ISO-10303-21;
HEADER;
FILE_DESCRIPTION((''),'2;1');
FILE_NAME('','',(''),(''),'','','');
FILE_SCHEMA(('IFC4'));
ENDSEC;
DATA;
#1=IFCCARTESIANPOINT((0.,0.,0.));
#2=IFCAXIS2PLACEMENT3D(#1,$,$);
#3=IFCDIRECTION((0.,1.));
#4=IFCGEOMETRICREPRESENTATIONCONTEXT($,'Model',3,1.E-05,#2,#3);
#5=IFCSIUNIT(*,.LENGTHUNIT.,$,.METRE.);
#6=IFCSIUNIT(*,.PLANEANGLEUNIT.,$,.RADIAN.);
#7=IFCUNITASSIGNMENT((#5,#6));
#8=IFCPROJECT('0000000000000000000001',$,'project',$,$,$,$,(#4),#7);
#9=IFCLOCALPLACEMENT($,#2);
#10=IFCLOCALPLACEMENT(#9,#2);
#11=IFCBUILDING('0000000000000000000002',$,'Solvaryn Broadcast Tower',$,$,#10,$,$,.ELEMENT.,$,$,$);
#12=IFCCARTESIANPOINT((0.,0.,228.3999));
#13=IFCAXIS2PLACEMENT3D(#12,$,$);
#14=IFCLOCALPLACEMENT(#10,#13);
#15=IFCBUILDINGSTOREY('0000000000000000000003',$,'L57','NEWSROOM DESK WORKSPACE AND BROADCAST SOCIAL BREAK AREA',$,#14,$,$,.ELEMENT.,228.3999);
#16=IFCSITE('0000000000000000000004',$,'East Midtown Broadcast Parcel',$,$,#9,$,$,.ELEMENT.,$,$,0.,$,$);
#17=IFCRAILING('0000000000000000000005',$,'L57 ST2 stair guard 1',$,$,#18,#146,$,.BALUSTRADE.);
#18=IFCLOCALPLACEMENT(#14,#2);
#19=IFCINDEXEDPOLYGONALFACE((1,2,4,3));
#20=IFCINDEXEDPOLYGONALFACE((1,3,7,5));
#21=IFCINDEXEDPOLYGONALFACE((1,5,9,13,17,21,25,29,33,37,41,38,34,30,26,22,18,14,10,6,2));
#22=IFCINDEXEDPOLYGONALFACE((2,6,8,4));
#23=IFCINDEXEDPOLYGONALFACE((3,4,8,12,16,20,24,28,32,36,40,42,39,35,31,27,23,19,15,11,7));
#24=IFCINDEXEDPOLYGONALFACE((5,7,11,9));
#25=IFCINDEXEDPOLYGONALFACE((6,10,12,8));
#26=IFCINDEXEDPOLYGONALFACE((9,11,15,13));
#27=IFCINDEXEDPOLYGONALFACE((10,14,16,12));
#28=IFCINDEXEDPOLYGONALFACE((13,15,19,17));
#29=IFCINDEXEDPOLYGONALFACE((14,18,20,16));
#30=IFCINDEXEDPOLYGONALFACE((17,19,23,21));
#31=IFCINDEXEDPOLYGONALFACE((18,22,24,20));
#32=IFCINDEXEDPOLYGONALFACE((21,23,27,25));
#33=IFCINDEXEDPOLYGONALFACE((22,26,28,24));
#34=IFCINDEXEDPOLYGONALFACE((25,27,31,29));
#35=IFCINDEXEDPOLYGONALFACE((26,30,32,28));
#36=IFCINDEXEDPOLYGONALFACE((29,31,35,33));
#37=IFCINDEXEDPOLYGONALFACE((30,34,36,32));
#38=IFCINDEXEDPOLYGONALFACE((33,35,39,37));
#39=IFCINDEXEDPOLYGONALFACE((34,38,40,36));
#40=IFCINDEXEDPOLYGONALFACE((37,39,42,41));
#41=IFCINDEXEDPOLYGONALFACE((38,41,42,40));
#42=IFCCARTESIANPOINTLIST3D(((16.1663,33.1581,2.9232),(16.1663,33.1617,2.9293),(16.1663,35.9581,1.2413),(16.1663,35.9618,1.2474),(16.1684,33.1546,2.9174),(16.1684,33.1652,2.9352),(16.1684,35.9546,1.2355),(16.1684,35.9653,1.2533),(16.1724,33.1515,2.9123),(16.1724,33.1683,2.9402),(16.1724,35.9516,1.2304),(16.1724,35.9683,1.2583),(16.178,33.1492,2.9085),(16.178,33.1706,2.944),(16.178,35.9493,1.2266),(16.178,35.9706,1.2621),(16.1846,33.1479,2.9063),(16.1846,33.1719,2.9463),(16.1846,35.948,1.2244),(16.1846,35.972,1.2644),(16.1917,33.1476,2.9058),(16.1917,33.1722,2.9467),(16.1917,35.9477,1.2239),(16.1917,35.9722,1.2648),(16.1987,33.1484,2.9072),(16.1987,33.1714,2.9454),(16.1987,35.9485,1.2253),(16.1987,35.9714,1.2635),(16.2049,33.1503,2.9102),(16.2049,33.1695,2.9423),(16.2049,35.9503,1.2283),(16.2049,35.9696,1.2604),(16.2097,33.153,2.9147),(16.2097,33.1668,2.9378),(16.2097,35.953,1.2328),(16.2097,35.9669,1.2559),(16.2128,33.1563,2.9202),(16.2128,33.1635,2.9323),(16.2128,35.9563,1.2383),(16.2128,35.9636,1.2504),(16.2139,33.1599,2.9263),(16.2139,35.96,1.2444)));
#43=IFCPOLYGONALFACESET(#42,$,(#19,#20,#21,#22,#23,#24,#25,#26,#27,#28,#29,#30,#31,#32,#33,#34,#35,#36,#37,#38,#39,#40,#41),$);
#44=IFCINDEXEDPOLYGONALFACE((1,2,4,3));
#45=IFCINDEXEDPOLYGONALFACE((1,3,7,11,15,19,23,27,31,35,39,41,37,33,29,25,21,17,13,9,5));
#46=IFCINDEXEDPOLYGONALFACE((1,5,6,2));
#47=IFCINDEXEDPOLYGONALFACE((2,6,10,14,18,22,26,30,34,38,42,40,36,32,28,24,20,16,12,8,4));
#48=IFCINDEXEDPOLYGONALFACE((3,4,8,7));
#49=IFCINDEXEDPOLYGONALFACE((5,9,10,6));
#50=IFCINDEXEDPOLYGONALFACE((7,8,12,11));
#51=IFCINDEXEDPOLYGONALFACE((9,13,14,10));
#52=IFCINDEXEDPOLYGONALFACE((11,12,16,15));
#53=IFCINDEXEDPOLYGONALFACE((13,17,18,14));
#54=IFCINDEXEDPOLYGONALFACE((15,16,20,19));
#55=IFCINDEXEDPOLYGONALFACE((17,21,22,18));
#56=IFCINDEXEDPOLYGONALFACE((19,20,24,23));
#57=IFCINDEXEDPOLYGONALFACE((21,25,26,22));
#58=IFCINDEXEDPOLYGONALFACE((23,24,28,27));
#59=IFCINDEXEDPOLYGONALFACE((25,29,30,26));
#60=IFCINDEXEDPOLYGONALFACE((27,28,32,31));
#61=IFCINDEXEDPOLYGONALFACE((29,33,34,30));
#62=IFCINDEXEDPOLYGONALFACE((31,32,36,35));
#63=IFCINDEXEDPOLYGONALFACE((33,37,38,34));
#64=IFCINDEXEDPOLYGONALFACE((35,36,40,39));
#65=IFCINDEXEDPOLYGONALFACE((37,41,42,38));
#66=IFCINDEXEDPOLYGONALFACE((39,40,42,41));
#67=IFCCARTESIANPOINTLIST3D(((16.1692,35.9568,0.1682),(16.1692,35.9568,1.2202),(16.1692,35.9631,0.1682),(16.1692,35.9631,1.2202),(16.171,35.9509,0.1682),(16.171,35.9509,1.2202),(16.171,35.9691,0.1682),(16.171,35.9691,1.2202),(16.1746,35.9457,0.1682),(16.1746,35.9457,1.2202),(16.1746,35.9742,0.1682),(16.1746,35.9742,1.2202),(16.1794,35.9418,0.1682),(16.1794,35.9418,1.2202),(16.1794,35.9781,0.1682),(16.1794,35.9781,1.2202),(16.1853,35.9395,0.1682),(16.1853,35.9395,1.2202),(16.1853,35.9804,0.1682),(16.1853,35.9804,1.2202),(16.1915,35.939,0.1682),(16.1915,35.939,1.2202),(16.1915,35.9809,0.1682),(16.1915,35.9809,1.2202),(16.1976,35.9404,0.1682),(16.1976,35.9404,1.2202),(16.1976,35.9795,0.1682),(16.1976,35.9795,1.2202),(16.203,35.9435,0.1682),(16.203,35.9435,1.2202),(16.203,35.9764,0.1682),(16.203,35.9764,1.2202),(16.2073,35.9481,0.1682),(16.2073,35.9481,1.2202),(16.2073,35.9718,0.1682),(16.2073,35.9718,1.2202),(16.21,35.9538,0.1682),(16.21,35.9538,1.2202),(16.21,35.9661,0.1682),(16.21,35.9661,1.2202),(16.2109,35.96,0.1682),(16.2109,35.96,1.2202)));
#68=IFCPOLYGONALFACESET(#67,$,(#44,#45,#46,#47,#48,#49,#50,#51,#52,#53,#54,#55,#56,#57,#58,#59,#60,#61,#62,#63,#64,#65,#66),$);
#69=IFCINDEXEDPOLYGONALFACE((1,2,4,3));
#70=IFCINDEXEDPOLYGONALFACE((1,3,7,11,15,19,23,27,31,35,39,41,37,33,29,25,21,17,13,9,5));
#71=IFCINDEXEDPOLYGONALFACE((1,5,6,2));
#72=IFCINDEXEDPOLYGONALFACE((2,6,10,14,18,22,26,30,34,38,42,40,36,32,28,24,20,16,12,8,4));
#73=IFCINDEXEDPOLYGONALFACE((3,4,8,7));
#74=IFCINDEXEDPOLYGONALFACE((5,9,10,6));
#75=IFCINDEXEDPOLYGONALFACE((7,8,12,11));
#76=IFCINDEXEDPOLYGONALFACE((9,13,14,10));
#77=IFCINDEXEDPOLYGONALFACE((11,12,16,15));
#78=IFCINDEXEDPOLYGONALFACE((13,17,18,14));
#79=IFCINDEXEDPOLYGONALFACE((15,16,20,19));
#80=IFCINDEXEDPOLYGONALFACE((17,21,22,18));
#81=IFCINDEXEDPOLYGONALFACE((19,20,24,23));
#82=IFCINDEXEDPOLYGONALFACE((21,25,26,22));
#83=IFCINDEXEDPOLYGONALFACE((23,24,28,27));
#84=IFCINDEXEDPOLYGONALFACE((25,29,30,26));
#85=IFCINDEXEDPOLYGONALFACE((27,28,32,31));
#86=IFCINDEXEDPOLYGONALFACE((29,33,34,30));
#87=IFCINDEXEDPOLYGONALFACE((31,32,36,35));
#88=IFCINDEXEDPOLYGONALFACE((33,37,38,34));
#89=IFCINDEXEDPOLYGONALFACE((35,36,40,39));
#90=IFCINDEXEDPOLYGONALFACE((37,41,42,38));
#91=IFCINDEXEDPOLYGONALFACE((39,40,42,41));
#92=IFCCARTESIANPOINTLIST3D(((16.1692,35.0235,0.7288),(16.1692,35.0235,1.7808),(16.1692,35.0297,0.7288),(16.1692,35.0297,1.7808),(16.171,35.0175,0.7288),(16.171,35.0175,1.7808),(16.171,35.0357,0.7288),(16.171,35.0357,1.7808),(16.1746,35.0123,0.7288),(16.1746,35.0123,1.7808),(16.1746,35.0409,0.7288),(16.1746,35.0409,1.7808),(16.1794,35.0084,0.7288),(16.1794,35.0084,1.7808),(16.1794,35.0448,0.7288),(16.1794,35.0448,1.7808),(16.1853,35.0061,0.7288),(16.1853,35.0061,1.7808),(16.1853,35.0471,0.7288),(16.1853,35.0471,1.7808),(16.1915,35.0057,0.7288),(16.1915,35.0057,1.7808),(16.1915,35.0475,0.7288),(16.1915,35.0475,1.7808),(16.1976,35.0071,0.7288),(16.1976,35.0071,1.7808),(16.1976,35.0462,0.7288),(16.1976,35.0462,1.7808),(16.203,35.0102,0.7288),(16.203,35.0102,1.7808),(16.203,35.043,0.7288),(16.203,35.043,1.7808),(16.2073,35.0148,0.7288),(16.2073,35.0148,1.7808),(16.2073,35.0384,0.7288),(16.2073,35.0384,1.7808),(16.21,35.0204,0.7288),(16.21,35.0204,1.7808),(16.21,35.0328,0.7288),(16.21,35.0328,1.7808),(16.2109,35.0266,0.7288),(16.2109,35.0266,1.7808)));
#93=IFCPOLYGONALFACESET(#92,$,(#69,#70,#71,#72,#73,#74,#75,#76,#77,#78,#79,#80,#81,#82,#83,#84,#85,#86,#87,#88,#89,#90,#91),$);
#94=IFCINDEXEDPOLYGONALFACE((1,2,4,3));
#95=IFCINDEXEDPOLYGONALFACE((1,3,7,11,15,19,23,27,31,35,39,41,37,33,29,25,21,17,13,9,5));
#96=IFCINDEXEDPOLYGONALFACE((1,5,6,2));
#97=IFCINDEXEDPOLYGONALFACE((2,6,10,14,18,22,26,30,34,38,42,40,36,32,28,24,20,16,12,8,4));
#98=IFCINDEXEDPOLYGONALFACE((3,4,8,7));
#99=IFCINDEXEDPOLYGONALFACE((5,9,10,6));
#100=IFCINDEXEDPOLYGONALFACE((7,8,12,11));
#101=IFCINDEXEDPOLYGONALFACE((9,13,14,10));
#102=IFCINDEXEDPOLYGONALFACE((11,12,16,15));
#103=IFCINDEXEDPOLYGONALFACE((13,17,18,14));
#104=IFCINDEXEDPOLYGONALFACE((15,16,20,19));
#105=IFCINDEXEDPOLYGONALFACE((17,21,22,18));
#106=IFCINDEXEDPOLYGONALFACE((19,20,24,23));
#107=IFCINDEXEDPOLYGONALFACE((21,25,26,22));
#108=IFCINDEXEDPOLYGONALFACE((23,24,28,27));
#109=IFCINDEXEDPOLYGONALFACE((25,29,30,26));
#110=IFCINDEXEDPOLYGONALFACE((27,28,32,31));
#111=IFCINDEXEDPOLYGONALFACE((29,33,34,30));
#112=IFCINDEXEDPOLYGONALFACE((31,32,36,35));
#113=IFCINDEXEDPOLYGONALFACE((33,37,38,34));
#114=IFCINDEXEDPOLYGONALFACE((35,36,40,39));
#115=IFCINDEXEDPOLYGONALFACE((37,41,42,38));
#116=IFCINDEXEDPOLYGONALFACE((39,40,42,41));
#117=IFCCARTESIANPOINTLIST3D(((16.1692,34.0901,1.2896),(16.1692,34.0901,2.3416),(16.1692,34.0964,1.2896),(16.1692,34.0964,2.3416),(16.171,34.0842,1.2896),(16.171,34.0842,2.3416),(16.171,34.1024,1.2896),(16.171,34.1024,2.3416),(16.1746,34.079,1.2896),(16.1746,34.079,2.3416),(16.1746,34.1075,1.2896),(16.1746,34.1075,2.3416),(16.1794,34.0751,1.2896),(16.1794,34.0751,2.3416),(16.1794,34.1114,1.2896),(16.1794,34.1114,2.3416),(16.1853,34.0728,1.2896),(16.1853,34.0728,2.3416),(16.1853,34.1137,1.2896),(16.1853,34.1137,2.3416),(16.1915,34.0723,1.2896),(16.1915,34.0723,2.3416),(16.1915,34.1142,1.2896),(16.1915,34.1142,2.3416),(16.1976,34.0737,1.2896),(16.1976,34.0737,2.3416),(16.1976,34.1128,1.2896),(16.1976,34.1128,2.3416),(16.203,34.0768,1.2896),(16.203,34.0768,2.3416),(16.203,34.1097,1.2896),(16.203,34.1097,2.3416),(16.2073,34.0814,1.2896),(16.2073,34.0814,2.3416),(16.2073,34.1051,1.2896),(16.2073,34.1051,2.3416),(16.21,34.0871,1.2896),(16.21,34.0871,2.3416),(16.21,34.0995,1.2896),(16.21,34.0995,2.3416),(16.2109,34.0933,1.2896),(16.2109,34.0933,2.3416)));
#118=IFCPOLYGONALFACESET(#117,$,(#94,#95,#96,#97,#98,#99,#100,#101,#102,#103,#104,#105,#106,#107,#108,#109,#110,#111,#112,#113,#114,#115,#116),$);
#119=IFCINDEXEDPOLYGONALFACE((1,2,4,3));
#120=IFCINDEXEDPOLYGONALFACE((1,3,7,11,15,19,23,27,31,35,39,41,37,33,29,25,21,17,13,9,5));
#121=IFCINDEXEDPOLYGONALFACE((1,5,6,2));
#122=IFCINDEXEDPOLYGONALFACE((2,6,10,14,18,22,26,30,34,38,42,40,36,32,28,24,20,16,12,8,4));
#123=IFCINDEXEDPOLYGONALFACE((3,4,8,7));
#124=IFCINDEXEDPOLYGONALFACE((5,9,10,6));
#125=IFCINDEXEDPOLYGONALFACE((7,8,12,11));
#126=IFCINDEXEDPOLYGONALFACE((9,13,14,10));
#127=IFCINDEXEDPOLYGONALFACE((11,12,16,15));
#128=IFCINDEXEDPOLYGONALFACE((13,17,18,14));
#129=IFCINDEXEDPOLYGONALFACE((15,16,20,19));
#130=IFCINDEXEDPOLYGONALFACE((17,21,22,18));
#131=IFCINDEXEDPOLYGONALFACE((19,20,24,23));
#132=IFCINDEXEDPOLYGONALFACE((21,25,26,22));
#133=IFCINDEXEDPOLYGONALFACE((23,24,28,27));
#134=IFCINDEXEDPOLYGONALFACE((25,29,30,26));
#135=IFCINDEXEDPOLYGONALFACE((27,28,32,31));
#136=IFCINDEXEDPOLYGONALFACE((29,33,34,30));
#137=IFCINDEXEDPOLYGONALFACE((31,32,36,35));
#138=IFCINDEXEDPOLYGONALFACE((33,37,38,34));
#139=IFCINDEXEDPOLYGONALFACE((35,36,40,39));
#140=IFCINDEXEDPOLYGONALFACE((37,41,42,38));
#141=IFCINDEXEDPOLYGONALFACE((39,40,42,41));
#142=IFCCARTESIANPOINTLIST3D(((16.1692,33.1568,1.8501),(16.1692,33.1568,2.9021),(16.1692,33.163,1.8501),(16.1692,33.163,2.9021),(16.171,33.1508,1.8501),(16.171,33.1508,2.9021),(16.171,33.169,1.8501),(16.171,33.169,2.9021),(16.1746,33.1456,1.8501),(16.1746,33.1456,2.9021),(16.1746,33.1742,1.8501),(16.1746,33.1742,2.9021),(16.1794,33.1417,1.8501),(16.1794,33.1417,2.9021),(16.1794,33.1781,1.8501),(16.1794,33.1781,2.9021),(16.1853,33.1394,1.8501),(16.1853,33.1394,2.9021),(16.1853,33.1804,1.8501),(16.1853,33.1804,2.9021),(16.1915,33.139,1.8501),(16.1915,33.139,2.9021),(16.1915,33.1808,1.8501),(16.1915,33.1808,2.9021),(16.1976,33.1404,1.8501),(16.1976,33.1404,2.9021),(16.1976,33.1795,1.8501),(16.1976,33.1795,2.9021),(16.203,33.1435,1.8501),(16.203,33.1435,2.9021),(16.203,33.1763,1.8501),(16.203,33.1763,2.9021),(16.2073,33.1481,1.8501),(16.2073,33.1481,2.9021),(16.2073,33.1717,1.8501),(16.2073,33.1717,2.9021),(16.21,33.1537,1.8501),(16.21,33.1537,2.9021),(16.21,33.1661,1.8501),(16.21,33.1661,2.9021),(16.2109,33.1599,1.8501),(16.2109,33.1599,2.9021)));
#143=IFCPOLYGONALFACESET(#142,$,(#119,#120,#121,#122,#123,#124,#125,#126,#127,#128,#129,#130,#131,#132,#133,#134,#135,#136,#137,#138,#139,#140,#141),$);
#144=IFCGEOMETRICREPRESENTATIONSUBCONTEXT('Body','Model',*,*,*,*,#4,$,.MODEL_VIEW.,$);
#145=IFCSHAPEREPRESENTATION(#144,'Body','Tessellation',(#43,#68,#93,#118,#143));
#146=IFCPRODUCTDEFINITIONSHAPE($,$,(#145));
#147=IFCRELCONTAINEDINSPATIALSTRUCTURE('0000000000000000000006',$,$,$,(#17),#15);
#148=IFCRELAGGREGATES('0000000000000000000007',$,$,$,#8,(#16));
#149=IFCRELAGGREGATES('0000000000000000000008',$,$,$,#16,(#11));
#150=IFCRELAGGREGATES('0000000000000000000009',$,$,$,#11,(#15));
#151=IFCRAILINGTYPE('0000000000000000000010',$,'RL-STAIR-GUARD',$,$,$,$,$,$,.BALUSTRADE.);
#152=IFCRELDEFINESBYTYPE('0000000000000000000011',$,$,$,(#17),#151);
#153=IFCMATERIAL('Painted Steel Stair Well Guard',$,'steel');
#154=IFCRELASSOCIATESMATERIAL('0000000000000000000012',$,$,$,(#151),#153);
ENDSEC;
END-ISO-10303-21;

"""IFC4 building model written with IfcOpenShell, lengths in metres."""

from ifc_helpers import new_model, si_unit, direction, frame, origin, origin_2d, place, context, subcontext, project, spatial, circle, extrude, material, type_object, element, save


model = new_model("IFC4")

# Units and contexts
model_context = context("Model", 3, precision=1e-05, world=origin(), true_north=direction((0.0, 1.0)))
body_context = subcontext(model_context, "Body", "Model", "MODEL_VIEW")
ifc_project = project(units=[si_unit("LENGTHUNIT", "METRE"), si_unit("PLANEANGLEUNIT", "RADIAN")], contexts=[model_context])

# Site, building, storey
site_placement = place(None, origin())
site = spatial("IfcSite", under=ifc_project, at=site_placement, Name="East Midtown Broadcast Parcel", CompositionType="ELEMENT", RefElevation=0.0)
building_placement = place(site_placement, origin())
building = spatial("IfcBuilding", under=site, at=building_placement, Name="Solvaryn Broadcast Tower", CompositionType="ELEMENT")
storey_placement = place(building_placement, frame((0.0, 0.0, 228.3999)))
storey = spatial("IfcBuildingStorey", under=building, at=storey_placement, Name="L57", Description="NEWSROOM DESK WORKSPACE AND BROADCAST SOCIAL BREAK AREA", CompositionType="ELEMENT", Elevation=228.3999)

# Railing
ifc_material_1 = material(Name="Painted Steel Stair Well Guard", Category="steel")
railing_type_1 = type_object("IfcRailingType", Name="RL-STAIR-GUARD", PredefinedType="BALUSTRADE", material=ifc_material_1)
railing_1_placement = place(storey_placement, frame((16.1899, 35.96, 0.1682)))
element("IfcRailing", 1, at=railing_1_placement, inside=storey, type_object=railing_type_1, Name="L57 ST2 stair guard 1", PredefinedType="BALUSTRADE", context=body_context, shape_type="SweptSolid", body=[
    extrude(circle(Radius=0.0239, at=origin_2d()), frame((0.0, 0.0, 1.0762), z_axis=(0.0, -0.857242, 0.514913), x_axis=(1.0, 0.0, 0.0)), (0.0, 0.0, 1.0), 3.2664),
    extrude(circle(Radius=0.021, at=origin_2d()), origin(), (0.0, 0.0, 1.0), 1.052),
    extrude(circle(Radius=0.021, at=origin_2d()), frame((0.0, -0.9333, 0.5605)), (0.0, 0.0, 1.0), 1.052),
    extrude(circle(Radius=0.021, at=origin_2d()), frame((0.0, -1.8667, 1.1213)), (0.0, 0.0, 1.0), 1.052),
    extrude(circle(Radius=0.021, at=origin_2d()), frame((0.0, -2.8, 1.6819)), (0.0, 0.0, 1.0), 1.052),
])

save(model, "model.ifc")
